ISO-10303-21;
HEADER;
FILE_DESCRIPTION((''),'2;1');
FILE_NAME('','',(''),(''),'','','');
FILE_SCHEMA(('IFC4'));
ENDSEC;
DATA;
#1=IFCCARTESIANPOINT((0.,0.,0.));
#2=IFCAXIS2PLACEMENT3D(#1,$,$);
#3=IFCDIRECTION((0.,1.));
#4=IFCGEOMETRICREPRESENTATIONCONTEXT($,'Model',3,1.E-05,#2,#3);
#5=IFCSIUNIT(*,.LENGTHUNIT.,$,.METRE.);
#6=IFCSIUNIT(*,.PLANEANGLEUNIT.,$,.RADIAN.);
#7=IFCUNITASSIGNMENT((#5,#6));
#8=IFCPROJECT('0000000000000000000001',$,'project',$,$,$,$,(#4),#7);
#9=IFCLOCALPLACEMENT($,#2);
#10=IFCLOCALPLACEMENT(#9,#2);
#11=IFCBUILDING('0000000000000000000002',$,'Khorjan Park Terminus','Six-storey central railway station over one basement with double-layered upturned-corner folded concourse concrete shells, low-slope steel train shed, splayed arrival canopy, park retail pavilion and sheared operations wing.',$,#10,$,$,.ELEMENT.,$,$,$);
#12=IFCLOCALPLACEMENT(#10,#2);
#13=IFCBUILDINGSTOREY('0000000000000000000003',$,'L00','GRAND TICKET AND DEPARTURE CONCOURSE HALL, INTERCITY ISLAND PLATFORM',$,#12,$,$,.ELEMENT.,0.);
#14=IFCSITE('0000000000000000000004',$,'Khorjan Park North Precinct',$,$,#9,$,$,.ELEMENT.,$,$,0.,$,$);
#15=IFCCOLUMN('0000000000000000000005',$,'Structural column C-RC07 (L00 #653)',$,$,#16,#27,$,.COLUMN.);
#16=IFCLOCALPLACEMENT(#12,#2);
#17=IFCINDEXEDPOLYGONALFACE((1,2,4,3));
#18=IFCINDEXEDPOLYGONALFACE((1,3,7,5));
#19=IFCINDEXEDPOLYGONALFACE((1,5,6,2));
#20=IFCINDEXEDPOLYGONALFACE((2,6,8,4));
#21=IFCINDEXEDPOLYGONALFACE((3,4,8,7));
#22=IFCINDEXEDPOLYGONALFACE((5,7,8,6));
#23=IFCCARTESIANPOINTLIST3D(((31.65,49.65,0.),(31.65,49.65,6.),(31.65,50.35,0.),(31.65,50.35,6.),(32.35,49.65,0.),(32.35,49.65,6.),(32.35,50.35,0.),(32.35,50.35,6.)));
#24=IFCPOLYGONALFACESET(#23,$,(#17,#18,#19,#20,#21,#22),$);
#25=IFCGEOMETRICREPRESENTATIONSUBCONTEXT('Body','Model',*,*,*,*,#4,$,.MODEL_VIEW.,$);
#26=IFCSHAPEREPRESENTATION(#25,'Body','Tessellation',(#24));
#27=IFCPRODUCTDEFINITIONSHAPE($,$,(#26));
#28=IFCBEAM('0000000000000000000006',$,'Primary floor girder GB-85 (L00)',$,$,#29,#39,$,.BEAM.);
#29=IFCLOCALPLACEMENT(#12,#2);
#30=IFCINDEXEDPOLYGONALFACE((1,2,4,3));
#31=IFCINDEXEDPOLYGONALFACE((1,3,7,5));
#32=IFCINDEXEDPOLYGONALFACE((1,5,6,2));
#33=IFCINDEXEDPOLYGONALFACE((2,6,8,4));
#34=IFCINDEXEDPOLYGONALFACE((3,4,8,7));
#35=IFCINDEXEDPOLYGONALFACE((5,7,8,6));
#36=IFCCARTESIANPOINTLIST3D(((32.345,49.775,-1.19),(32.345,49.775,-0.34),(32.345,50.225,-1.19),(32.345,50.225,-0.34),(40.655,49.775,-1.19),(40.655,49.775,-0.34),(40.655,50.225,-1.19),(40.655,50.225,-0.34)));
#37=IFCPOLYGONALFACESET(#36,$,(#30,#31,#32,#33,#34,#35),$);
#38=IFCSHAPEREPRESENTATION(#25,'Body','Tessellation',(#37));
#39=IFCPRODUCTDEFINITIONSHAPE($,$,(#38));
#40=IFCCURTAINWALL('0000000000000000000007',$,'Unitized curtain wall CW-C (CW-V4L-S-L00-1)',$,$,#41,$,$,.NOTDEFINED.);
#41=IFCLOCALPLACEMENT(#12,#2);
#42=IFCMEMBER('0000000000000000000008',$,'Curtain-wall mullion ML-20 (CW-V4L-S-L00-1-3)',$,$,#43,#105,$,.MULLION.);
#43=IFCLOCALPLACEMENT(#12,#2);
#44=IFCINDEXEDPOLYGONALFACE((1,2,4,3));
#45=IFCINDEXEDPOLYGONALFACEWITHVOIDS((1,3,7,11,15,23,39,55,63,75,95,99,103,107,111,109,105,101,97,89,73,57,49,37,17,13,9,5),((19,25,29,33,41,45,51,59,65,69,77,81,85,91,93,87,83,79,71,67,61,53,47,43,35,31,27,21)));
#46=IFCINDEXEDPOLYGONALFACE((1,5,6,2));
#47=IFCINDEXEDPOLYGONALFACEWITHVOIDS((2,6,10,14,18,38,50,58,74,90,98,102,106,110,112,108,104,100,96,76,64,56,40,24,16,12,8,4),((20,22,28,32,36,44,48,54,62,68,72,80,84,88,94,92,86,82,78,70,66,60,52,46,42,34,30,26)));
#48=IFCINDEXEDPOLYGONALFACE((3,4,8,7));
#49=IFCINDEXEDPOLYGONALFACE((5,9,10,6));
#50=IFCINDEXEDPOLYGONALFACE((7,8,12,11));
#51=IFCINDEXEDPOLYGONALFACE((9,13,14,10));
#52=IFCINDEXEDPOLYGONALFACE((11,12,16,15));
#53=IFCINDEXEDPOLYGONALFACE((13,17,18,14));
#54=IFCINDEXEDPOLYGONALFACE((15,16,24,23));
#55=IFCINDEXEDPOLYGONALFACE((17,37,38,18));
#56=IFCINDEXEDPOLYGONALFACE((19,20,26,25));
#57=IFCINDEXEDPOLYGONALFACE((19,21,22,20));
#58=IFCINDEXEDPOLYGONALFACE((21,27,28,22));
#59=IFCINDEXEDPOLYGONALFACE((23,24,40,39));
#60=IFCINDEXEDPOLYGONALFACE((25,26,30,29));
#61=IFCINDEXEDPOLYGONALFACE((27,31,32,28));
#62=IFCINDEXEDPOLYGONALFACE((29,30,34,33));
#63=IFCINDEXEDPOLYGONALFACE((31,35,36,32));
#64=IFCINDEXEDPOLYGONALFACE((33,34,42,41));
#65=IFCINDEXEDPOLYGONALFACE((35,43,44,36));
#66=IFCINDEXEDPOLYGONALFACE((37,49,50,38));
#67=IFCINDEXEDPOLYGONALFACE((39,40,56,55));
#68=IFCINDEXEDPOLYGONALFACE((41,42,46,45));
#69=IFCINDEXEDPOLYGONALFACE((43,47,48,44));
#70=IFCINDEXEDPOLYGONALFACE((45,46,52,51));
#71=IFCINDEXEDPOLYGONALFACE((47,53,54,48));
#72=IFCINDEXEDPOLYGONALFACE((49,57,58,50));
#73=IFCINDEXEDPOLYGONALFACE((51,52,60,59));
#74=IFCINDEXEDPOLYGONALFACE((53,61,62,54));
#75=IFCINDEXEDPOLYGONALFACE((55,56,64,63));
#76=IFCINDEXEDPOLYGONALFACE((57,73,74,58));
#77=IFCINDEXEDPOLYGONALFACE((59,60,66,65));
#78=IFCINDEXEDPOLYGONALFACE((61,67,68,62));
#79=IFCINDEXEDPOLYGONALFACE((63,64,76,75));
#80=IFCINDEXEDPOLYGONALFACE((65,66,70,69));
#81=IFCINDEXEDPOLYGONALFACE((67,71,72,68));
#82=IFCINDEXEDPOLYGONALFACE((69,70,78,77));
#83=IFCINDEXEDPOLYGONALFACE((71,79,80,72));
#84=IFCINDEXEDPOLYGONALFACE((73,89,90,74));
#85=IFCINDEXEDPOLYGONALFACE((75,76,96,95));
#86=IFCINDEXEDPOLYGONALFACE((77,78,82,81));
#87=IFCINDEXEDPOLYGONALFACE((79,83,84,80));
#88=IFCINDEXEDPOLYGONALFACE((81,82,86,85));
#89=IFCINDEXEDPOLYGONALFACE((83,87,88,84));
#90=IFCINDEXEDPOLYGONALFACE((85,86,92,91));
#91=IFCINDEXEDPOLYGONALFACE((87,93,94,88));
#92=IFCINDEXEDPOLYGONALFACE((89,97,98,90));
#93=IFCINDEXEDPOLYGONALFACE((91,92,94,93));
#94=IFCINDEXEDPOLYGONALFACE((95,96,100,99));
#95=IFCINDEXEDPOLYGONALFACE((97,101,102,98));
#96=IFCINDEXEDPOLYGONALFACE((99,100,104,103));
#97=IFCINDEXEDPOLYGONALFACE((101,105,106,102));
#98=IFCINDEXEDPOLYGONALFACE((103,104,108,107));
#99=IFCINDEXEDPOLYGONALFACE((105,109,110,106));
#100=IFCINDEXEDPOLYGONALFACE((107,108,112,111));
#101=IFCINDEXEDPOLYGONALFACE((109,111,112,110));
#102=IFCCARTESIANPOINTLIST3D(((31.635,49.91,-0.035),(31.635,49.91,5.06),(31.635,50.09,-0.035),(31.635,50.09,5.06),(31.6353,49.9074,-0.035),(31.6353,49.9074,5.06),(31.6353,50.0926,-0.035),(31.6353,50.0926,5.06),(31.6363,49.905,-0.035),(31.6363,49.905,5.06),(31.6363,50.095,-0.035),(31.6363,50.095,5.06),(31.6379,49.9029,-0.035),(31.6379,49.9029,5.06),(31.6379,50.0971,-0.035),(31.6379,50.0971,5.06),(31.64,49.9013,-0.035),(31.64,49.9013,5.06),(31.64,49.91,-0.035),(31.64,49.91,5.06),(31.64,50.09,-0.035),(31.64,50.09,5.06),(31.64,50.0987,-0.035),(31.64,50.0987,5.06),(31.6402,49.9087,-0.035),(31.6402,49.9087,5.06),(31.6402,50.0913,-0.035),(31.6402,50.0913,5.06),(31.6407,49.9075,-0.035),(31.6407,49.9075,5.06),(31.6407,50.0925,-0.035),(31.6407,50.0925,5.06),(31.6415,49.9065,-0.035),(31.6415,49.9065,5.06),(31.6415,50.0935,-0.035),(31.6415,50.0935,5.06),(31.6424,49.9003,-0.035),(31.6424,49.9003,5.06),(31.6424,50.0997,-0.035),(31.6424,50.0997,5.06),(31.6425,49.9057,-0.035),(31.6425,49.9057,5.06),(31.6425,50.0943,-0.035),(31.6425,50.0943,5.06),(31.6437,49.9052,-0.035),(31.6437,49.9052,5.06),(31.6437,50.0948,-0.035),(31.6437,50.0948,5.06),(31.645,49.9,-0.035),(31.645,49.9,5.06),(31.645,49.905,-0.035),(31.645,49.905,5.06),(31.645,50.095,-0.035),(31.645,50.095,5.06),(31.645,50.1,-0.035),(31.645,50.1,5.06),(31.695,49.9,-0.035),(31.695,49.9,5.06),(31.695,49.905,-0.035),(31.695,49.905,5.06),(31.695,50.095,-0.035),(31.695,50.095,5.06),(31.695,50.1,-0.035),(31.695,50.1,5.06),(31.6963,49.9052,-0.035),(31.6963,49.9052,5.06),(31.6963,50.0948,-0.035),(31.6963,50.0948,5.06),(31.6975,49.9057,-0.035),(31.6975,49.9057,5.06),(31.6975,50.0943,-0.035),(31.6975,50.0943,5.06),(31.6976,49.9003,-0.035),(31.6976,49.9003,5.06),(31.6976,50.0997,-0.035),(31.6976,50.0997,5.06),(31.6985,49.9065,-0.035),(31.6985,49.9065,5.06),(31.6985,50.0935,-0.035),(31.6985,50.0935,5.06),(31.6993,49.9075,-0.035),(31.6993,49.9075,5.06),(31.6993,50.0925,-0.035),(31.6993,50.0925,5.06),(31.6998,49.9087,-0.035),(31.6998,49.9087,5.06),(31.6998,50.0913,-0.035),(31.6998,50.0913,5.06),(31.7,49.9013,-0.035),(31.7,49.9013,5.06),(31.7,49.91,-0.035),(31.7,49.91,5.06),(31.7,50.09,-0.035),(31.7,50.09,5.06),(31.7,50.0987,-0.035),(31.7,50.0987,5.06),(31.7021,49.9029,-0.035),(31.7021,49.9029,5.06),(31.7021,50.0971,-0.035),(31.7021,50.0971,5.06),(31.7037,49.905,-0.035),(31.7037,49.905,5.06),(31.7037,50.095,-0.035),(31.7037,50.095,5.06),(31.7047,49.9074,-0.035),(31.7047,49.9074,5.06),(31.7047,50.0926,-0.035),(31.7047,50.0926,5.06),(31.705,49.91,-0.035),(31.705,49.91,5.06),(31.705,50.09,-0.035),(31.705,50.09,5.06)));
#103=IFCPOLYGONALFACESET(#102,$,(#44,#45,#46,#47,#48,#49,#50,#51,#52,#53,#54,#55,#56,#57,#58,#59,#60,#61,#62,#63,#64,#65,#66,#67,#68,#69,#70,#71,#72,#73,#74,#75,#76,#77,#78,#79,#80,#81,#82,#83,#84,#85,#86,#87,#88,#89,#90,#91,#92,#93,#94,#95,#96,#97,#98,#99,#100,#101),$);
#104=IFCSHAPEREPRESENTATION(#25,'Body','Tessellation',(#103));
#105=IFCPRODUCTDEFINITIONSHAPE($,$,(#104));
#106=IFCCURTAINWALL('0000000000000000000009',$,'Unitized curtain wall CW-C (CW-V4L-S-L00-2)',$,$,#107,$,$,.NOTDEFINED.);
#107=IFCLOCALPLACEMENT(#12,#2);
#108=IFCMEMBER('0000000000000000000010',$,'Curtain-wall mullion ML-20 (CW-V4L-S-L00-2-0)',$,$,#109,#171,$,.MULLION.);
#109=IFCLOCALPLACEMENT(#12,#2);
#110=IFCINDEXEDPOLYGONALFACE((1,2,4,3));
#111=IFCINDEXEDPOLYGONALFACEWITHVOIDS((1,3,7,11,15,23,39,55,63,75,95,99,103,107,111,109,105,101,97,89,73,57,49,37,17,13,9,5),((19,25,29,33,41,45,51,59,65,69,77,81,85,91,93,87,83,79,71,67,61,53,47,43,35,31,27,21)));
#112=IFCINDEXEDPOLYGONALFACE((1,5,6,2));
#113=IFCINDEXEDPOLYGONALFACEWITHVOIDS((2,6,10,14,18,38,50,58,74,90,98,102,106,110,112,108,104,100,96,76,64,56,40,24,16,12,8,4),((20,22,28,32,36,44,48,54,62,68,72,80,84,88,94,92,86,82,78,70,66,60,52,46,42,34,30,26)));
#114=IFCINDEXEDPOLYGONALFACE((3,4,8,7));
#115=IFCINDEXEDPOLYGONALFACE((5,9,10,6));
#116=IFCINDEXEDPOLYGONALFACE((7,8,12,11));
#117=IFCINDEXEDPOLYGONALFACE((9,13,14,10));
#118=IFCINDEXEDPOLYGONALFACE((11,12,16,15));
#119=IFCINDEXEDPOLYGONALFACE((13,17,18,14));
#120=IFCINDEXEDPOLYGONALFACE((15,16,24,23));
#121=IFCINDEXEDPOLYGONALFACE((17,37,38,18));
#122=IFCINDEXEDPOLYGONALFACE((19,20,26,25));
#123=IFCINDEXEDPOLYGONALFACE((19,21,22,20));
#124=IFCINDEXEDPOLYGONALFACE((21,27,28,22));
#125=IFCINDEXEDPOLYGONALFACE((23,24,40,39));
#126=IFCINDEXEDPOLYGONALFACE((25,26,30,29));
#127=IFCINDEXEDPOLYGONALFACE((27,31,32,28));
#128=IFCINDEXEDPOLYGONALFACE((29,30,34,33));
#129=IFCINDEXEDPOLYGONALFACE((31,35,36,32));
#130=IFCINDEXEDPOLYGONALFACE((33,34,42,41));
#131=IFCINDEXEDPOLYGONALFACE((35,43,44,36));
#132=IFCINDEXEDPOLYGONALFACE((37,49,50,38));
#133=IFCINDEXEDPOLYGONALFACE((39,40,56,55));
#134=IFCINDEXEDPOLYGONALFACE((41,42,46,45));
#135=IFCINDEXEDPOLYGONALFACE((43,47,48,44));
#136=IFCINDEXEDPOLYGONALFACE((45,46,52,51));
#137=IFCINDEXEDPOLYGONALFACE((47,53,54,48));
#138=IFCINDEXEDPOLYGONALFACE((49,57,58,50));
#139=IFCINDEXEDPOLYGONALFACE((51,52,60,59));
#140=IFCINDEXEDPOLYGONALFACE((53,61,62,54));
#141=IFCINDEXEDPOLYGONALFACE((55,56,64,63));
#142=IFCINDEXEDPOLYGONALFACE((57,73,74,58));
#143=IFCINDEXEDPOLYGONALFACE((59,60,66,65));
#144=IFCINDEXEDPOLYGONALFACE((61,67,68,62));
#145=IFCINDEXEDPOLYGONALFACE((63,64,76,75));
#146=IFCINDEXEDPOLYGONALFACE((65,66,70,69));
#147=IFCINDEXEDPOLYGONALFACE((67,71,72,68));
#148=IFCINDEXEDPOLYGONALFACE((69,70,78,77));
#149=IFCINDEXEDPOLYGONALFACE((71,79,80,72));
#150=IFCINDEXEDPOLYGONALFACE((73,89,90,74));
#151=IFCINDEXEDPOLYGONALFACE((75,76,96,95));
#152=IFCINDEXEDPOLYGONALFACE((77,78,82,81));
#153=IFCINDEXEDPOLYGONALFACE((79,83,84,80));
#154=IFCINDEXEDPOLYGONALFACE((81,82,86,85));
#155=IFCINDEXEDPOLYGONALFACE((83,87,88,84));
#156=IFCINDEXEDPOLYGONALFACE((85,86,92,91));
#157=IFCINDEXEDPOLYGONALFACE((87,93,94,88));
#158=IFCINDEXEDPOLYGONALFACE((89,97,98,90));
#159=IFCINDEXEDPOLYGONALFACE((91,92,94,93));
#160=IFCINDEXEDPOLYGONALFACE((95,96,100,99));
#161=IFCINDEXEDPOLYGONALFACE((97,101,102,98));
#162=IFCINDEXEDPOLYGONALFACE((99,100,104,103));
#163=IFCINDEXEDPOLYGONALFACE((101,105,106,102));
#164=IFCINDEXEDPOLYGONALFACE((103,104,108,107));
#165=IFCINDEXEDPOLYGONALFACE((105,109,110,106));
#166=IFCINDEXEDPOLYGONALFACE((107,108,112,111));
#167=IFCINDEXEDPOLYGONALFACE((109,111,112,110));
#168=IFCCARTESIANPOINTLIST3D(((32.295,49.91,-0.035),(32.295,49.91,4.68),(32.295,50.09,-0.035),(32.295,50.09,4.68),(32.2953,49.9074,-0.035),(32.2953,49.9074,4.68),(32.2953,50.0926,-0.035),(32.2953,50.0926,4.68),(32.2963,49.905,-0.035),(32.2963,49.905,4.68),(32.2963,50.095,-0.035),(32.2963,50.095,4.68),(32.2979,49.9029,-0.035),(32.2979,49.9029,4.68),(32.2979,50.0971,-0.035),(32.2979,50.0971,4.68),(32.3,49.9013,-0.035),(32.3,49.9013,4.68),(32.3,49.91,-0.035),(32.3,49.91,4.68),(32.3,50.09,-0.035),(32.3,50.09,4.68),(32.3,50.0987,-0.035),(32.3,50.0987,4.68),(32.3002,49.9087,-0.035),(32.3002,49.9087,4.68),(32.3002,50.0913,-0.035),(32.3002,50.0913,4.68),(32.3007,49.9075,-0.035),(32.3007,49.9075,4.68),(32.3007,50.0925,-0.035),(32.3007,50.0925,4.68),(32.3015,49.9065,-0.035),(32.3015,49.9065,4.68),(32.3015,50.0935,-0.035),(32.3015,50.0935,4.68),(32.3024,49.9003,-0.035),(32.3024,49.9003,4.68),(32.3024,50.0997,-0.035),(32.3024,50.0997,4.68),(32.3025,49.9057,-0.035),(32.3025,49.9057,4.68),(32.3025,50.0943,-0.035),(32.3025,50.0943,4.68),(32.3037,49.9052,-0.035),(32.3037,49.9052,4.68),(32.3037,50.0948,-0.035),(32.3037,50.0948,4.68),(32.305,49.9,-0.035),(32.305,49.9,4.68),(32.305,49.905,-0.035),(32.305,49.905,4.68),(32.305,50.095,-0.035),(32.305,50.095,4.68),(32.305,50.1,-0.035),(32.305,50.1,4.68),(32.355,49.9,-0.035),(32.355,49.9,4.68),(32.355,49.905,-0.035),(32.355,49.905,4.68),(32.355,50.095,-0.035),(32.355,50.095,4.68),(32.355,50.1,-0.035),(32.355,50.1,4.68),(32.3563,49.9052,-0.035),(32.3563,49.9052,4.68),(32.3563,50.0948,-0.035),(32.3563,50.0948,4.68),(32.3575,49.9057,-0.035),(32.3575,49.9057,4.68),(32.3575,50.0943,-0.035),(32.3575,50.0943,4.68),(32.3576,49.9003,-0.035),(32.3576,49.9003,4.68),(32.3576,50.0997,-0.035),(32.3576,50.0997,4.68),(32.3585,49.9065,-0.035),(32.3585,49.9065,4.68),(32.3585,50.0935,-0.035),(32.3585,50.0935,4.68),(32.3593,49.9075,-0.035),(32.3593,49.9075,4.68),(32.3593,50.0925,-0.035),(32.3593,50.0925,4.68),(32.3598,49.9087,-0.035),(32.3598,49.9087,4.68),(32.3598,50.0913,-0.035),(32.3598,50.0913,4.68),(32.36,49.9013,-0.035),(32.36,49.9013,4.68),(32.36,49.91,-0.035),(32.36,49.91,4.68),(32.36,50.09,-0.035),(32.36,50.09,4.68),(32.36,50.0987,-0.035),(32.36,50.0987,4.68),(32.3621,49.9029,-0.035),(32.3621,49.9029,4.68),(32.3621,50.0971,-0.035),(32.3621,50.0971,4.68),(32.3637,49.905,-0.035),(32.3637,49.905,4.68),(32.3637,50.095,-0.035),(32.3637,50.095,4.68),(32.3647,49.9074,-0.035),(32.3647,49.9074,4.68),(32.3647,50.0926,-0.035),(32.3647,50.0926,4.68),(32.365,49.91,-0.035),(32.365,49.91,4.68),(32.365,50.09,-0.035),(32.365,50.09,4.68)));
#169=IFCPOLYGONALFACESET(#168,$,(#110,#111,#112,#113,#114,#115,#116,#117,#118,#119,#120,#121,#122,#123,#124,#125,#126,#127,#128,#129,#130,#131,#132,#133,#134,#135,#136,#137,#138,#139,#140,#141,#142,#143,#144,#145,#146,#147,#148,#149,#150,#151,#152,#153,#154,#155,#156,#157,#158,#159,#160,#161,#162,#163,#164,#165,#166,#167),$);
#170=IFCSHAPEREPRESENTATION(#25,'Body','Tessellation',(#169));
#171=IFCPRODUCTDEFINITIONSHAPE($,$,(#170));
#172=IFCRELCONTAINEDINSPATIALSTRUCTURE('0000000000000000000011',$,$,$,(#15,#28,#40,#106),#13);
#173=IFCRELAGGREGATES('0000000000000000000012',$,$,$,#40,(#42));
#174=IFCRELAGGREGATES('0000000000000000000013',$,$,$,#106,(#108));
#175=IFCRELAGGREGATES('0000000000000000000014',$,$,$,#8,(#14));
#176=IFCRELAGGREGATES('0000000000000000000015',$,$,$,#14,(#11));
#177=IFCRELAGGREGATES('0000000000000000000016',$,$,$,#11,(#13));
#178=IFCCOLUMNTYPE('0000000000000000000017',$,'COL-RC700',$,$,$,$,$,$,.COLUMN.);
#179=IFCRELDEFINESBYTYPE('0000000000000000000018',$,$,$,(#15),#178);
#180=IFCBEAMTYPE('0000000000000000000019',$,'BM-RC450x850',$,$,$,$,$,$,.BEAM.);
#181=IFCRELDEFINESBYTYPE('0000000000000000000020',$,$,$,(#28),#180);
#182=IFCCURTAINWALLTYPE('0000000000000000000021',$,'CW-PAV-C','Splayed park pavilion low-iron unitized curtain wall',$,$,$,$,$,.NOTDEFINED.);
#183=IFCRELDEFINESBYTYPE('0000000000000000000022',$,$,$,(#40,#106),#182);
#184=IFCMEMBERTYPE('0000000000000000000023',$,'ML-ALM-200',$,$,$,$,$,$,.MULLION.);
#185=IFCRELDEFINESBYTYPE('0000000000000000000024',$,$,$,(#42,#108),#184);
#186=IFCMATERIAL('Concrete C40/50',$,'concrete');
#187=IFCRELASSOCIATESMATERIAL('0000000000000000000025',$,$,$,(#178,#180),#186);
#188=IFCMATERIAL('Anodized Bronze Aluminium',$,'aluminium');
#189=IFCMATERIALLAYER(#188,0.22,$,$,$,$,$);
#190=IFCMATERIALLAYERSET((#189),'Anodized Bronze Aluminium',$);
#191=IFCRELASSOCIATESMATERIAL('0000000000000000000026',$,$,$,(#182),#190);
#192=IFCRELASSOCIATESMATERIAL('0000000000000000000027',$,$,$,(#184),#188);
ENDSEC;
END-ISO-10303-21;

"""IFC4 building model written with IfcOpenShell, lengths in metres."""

from ifc_helpers import new_model, si_unit, direction, frame, origin, origin_2d, place, context, subcontext, project, spatial, rectangle, hollow_rectangle, extrude, material, layer, layer_set, material_profile, profile_set, type_object, element, aggregate, save


model = new_model("IFC4")

# Units and contexts
model_context = context("Model", 3, precision=1e-05, world=origin(), true_north=direction((0.0, 1.0)))
body_context = subcontext(model_context, "Body", "Model", "MODEL_VIEW")
ifc_project = project(units=[si_unit("LENGTHUNIT", "METRE"), si_unit("PLANEANGLEUNIT", "RADIAN")], contexts=[model_context])

# Site, building, storey
site_placement = place(None, origin())
site = spatial("IfcSite", under=ifc_project, at=site_placement, Name="Khorjan Park North Precinct", CompositionType="ELEMENT", RefElevation=0.0)
building_placement = place(site_placement, origin())
building = spatial("IfcBuilding", under=site, at=building_placement, Name="Khorjan Park Terminus", Description="Six-storey central railway station over one basement with double-layered upturned-corner folded concourse concrete shells, low-slope steel train shed, splayed arrival canopy, park retail pavilion and sheared operations wing.", CompositionType="ELEMENT")
storey_placement = place(building_placement, origin())
storey = spatial("IfcBuildingStorey", under=building, at=storey_placement, Name="L00", Description="GRAND TICKET AND DEPARTURE CONCOURSE HALL, INTERCITY ISLAND PLATFORM", CompositionType="ELEMENT", Elevation=0.0)

# Column
ifc_material_1 = material(Name="Concrete C40/50", Category="concrete")
ifc_material_profile_1 = material_profile(ifc_material_1, rectangle(XDim=0.7, YDim=0.7, at=origin_2d()), Name="RC 700x700")
ifc_profile_set_1 = profile_set([ifc_material_profile_1], Name="Concrete C40/50")
column_type = type_object("IfcColumnType", Name="COL-RC700", PredefinedType="COLUMN", material=ifc_profile_set_1)
column_placement = place(storey_placement, frame((32.0, 50.0, 0.0), z_axis=(0.0, 0.0, 1.0), x_axis=(1.0, 0.0, 0.0)))
element("IfcColumn", 1, at=column_placement, inside=storey, type_object=column_type, Name="Structural column C-RC07 (L00 #653)", PredefinedType="COLUMN", context=body_context, shape_type="SweptSolid", body=[
    extrude(rectangle(XDim=0.7, YDim=0.7, at=origin_2d()), origin(), (0.0, 0.0, 1.0), 6.0),
])

# Beam
ifc_material_profile_2 = material_profile(ifc_material_1, rectangle(XDim=0.45, YDim=0.85, at=origin_2d()), Name="RC 450x850")
ifc_profile_set_2 = profile_set([ifc_material_profile_2], Name="Concrete C40/50")
beam_type = type_object("IfcBeamType", Name="BM-RC450x850", PredefinedType="BEAM", material=ifc_profile_set_2)
beam_placement = place(storey_placement, frame((32.345, 50.0, -0.765), z_axis=(1.0, 0.0, 0.0), x_axis=(0.0, 1.0, 0.0)))
element("IfcBeam", 2, at=beam_placement, inside=storey, type_object=beam_type, Name="Primary floor girder GB-85 (L00)", PredefinedType="BEAM", context=body_context, shape_type="SweptSolid", body=[
    extrude(rectangle(XDim=0.45, YDim=0.85, at=origin_2d()), origin(), (0.0, 0.0, 1.0), 8.31),
])

# Curtain wall, member
ifc_material_2 = material(Name="Anodized Bronze Aluminium", Category="aluminium")
ifc_layer_1 = layer(ifc_material_2, 0.22)
ifc_layer_set_1 = layer_set([ifc_layer_1], Name="Anodized Bronze Aluminium")
curtain_wall_type = type_object("IfcCurtainWallType", Name="CW-PAV-C", Description="Splayed park pavilion low-iron unitized curtain wall", PredefinedType="NOTDEFINED", material=ifc_layer_set_1)
curtain_wall_1_placement = place(storey_placement, origin())
curtain_wall_1 = element("IfcCurtainWall", 3, at=curtain_wall_1_placement, inside=storey, type_object=curtain_wall_type, Name="Unitized curtain wall CW-C (CW-V4L-S-L00-1)", PredefinedType="NOTDEFINED")
ifc_material_profile_3 = material_profile(ifc_material_2, hollow_rectangle(XDim=0.07, YDim=0.2, WallThickness=0.005, InnerFilletRadius=0.005, OuterFilletRadius=0.01, at=origin_2d()), Name="ALM 70x200x5")
ifc_profile_set_3 = profile_set([ifc_material_profile_3], Name="Anodized Bronze Aluminium")
member_type_1 = type_object("IfcMemberType", Name="ML-ALM-200", PredefinedType="MULLION", material=ifc_profile_set_3)
member_1_placement = place(storey_placement, frame((31.67, 50.0, -0.035), z_axis=(0.0, 0.0, 1.0), x_axis=(1.0, 0.0, 0.0)))
member_1 = element("IfcMember", 4, at=member_1_placement, type_object=member_type_1, Name="Curtain-wall mullion ML-20 (CW-V4L-S-L00-1-3)", PredefinedType="MULLION", context=body_context, shape_type="SweptSolid", body=[
    extrude(hollow_rectangle(XDim=0.07, YDim=0.2, WallThickness=0.005, InnerFilletRadius=0.005, OuterFilletRadius=0.01, at=origin_2d()), origin(), (0.0, 0.0, 1.0), 5.095),
])

# Curtain wall, member
curtain_wall_2_placement = place(storey_placement, origin())
curtain_wall_2 = element("IfcCurtainWall", 5, at=curtain_wall_2_placement, inside=storey, type_object=curtain_wall_type, Name="Unitized curtain wall CW-C (CW-V4L-S-L00-2)", PredefinedType="NOTDEFINED")
member_2_placement = place(storey_placement, frame((32.33, 50.0, -0.035), z_axis=(0.0, 0.0, 1.0), x_axis=(1.0, 0.0, 0.0)))
member_2 = element("IfcMember", 6, at=member_2_placement, type_object=member_type_1, Name="Curtain-wall mullion ML-20 (CW-V4L-S-L00-2-0)", PredefinedType="MULLION", context=body_context, shape_type="SweptSolid", body=[
    extrude(hollow_rectangle(XDim=0.07, YDim=0.2, WallThickness=0.005, InnerFilletRadius=0.005, OuterFilletRadius=0.01, at=origin_2d()), origin(), (0.0, 0.0, 1.0), 4.715),
])

aggregate(curtain_wall_1, [member_1])
aggregate(curtain_wall_2, [member_2])

save(model, "model.ifc")
